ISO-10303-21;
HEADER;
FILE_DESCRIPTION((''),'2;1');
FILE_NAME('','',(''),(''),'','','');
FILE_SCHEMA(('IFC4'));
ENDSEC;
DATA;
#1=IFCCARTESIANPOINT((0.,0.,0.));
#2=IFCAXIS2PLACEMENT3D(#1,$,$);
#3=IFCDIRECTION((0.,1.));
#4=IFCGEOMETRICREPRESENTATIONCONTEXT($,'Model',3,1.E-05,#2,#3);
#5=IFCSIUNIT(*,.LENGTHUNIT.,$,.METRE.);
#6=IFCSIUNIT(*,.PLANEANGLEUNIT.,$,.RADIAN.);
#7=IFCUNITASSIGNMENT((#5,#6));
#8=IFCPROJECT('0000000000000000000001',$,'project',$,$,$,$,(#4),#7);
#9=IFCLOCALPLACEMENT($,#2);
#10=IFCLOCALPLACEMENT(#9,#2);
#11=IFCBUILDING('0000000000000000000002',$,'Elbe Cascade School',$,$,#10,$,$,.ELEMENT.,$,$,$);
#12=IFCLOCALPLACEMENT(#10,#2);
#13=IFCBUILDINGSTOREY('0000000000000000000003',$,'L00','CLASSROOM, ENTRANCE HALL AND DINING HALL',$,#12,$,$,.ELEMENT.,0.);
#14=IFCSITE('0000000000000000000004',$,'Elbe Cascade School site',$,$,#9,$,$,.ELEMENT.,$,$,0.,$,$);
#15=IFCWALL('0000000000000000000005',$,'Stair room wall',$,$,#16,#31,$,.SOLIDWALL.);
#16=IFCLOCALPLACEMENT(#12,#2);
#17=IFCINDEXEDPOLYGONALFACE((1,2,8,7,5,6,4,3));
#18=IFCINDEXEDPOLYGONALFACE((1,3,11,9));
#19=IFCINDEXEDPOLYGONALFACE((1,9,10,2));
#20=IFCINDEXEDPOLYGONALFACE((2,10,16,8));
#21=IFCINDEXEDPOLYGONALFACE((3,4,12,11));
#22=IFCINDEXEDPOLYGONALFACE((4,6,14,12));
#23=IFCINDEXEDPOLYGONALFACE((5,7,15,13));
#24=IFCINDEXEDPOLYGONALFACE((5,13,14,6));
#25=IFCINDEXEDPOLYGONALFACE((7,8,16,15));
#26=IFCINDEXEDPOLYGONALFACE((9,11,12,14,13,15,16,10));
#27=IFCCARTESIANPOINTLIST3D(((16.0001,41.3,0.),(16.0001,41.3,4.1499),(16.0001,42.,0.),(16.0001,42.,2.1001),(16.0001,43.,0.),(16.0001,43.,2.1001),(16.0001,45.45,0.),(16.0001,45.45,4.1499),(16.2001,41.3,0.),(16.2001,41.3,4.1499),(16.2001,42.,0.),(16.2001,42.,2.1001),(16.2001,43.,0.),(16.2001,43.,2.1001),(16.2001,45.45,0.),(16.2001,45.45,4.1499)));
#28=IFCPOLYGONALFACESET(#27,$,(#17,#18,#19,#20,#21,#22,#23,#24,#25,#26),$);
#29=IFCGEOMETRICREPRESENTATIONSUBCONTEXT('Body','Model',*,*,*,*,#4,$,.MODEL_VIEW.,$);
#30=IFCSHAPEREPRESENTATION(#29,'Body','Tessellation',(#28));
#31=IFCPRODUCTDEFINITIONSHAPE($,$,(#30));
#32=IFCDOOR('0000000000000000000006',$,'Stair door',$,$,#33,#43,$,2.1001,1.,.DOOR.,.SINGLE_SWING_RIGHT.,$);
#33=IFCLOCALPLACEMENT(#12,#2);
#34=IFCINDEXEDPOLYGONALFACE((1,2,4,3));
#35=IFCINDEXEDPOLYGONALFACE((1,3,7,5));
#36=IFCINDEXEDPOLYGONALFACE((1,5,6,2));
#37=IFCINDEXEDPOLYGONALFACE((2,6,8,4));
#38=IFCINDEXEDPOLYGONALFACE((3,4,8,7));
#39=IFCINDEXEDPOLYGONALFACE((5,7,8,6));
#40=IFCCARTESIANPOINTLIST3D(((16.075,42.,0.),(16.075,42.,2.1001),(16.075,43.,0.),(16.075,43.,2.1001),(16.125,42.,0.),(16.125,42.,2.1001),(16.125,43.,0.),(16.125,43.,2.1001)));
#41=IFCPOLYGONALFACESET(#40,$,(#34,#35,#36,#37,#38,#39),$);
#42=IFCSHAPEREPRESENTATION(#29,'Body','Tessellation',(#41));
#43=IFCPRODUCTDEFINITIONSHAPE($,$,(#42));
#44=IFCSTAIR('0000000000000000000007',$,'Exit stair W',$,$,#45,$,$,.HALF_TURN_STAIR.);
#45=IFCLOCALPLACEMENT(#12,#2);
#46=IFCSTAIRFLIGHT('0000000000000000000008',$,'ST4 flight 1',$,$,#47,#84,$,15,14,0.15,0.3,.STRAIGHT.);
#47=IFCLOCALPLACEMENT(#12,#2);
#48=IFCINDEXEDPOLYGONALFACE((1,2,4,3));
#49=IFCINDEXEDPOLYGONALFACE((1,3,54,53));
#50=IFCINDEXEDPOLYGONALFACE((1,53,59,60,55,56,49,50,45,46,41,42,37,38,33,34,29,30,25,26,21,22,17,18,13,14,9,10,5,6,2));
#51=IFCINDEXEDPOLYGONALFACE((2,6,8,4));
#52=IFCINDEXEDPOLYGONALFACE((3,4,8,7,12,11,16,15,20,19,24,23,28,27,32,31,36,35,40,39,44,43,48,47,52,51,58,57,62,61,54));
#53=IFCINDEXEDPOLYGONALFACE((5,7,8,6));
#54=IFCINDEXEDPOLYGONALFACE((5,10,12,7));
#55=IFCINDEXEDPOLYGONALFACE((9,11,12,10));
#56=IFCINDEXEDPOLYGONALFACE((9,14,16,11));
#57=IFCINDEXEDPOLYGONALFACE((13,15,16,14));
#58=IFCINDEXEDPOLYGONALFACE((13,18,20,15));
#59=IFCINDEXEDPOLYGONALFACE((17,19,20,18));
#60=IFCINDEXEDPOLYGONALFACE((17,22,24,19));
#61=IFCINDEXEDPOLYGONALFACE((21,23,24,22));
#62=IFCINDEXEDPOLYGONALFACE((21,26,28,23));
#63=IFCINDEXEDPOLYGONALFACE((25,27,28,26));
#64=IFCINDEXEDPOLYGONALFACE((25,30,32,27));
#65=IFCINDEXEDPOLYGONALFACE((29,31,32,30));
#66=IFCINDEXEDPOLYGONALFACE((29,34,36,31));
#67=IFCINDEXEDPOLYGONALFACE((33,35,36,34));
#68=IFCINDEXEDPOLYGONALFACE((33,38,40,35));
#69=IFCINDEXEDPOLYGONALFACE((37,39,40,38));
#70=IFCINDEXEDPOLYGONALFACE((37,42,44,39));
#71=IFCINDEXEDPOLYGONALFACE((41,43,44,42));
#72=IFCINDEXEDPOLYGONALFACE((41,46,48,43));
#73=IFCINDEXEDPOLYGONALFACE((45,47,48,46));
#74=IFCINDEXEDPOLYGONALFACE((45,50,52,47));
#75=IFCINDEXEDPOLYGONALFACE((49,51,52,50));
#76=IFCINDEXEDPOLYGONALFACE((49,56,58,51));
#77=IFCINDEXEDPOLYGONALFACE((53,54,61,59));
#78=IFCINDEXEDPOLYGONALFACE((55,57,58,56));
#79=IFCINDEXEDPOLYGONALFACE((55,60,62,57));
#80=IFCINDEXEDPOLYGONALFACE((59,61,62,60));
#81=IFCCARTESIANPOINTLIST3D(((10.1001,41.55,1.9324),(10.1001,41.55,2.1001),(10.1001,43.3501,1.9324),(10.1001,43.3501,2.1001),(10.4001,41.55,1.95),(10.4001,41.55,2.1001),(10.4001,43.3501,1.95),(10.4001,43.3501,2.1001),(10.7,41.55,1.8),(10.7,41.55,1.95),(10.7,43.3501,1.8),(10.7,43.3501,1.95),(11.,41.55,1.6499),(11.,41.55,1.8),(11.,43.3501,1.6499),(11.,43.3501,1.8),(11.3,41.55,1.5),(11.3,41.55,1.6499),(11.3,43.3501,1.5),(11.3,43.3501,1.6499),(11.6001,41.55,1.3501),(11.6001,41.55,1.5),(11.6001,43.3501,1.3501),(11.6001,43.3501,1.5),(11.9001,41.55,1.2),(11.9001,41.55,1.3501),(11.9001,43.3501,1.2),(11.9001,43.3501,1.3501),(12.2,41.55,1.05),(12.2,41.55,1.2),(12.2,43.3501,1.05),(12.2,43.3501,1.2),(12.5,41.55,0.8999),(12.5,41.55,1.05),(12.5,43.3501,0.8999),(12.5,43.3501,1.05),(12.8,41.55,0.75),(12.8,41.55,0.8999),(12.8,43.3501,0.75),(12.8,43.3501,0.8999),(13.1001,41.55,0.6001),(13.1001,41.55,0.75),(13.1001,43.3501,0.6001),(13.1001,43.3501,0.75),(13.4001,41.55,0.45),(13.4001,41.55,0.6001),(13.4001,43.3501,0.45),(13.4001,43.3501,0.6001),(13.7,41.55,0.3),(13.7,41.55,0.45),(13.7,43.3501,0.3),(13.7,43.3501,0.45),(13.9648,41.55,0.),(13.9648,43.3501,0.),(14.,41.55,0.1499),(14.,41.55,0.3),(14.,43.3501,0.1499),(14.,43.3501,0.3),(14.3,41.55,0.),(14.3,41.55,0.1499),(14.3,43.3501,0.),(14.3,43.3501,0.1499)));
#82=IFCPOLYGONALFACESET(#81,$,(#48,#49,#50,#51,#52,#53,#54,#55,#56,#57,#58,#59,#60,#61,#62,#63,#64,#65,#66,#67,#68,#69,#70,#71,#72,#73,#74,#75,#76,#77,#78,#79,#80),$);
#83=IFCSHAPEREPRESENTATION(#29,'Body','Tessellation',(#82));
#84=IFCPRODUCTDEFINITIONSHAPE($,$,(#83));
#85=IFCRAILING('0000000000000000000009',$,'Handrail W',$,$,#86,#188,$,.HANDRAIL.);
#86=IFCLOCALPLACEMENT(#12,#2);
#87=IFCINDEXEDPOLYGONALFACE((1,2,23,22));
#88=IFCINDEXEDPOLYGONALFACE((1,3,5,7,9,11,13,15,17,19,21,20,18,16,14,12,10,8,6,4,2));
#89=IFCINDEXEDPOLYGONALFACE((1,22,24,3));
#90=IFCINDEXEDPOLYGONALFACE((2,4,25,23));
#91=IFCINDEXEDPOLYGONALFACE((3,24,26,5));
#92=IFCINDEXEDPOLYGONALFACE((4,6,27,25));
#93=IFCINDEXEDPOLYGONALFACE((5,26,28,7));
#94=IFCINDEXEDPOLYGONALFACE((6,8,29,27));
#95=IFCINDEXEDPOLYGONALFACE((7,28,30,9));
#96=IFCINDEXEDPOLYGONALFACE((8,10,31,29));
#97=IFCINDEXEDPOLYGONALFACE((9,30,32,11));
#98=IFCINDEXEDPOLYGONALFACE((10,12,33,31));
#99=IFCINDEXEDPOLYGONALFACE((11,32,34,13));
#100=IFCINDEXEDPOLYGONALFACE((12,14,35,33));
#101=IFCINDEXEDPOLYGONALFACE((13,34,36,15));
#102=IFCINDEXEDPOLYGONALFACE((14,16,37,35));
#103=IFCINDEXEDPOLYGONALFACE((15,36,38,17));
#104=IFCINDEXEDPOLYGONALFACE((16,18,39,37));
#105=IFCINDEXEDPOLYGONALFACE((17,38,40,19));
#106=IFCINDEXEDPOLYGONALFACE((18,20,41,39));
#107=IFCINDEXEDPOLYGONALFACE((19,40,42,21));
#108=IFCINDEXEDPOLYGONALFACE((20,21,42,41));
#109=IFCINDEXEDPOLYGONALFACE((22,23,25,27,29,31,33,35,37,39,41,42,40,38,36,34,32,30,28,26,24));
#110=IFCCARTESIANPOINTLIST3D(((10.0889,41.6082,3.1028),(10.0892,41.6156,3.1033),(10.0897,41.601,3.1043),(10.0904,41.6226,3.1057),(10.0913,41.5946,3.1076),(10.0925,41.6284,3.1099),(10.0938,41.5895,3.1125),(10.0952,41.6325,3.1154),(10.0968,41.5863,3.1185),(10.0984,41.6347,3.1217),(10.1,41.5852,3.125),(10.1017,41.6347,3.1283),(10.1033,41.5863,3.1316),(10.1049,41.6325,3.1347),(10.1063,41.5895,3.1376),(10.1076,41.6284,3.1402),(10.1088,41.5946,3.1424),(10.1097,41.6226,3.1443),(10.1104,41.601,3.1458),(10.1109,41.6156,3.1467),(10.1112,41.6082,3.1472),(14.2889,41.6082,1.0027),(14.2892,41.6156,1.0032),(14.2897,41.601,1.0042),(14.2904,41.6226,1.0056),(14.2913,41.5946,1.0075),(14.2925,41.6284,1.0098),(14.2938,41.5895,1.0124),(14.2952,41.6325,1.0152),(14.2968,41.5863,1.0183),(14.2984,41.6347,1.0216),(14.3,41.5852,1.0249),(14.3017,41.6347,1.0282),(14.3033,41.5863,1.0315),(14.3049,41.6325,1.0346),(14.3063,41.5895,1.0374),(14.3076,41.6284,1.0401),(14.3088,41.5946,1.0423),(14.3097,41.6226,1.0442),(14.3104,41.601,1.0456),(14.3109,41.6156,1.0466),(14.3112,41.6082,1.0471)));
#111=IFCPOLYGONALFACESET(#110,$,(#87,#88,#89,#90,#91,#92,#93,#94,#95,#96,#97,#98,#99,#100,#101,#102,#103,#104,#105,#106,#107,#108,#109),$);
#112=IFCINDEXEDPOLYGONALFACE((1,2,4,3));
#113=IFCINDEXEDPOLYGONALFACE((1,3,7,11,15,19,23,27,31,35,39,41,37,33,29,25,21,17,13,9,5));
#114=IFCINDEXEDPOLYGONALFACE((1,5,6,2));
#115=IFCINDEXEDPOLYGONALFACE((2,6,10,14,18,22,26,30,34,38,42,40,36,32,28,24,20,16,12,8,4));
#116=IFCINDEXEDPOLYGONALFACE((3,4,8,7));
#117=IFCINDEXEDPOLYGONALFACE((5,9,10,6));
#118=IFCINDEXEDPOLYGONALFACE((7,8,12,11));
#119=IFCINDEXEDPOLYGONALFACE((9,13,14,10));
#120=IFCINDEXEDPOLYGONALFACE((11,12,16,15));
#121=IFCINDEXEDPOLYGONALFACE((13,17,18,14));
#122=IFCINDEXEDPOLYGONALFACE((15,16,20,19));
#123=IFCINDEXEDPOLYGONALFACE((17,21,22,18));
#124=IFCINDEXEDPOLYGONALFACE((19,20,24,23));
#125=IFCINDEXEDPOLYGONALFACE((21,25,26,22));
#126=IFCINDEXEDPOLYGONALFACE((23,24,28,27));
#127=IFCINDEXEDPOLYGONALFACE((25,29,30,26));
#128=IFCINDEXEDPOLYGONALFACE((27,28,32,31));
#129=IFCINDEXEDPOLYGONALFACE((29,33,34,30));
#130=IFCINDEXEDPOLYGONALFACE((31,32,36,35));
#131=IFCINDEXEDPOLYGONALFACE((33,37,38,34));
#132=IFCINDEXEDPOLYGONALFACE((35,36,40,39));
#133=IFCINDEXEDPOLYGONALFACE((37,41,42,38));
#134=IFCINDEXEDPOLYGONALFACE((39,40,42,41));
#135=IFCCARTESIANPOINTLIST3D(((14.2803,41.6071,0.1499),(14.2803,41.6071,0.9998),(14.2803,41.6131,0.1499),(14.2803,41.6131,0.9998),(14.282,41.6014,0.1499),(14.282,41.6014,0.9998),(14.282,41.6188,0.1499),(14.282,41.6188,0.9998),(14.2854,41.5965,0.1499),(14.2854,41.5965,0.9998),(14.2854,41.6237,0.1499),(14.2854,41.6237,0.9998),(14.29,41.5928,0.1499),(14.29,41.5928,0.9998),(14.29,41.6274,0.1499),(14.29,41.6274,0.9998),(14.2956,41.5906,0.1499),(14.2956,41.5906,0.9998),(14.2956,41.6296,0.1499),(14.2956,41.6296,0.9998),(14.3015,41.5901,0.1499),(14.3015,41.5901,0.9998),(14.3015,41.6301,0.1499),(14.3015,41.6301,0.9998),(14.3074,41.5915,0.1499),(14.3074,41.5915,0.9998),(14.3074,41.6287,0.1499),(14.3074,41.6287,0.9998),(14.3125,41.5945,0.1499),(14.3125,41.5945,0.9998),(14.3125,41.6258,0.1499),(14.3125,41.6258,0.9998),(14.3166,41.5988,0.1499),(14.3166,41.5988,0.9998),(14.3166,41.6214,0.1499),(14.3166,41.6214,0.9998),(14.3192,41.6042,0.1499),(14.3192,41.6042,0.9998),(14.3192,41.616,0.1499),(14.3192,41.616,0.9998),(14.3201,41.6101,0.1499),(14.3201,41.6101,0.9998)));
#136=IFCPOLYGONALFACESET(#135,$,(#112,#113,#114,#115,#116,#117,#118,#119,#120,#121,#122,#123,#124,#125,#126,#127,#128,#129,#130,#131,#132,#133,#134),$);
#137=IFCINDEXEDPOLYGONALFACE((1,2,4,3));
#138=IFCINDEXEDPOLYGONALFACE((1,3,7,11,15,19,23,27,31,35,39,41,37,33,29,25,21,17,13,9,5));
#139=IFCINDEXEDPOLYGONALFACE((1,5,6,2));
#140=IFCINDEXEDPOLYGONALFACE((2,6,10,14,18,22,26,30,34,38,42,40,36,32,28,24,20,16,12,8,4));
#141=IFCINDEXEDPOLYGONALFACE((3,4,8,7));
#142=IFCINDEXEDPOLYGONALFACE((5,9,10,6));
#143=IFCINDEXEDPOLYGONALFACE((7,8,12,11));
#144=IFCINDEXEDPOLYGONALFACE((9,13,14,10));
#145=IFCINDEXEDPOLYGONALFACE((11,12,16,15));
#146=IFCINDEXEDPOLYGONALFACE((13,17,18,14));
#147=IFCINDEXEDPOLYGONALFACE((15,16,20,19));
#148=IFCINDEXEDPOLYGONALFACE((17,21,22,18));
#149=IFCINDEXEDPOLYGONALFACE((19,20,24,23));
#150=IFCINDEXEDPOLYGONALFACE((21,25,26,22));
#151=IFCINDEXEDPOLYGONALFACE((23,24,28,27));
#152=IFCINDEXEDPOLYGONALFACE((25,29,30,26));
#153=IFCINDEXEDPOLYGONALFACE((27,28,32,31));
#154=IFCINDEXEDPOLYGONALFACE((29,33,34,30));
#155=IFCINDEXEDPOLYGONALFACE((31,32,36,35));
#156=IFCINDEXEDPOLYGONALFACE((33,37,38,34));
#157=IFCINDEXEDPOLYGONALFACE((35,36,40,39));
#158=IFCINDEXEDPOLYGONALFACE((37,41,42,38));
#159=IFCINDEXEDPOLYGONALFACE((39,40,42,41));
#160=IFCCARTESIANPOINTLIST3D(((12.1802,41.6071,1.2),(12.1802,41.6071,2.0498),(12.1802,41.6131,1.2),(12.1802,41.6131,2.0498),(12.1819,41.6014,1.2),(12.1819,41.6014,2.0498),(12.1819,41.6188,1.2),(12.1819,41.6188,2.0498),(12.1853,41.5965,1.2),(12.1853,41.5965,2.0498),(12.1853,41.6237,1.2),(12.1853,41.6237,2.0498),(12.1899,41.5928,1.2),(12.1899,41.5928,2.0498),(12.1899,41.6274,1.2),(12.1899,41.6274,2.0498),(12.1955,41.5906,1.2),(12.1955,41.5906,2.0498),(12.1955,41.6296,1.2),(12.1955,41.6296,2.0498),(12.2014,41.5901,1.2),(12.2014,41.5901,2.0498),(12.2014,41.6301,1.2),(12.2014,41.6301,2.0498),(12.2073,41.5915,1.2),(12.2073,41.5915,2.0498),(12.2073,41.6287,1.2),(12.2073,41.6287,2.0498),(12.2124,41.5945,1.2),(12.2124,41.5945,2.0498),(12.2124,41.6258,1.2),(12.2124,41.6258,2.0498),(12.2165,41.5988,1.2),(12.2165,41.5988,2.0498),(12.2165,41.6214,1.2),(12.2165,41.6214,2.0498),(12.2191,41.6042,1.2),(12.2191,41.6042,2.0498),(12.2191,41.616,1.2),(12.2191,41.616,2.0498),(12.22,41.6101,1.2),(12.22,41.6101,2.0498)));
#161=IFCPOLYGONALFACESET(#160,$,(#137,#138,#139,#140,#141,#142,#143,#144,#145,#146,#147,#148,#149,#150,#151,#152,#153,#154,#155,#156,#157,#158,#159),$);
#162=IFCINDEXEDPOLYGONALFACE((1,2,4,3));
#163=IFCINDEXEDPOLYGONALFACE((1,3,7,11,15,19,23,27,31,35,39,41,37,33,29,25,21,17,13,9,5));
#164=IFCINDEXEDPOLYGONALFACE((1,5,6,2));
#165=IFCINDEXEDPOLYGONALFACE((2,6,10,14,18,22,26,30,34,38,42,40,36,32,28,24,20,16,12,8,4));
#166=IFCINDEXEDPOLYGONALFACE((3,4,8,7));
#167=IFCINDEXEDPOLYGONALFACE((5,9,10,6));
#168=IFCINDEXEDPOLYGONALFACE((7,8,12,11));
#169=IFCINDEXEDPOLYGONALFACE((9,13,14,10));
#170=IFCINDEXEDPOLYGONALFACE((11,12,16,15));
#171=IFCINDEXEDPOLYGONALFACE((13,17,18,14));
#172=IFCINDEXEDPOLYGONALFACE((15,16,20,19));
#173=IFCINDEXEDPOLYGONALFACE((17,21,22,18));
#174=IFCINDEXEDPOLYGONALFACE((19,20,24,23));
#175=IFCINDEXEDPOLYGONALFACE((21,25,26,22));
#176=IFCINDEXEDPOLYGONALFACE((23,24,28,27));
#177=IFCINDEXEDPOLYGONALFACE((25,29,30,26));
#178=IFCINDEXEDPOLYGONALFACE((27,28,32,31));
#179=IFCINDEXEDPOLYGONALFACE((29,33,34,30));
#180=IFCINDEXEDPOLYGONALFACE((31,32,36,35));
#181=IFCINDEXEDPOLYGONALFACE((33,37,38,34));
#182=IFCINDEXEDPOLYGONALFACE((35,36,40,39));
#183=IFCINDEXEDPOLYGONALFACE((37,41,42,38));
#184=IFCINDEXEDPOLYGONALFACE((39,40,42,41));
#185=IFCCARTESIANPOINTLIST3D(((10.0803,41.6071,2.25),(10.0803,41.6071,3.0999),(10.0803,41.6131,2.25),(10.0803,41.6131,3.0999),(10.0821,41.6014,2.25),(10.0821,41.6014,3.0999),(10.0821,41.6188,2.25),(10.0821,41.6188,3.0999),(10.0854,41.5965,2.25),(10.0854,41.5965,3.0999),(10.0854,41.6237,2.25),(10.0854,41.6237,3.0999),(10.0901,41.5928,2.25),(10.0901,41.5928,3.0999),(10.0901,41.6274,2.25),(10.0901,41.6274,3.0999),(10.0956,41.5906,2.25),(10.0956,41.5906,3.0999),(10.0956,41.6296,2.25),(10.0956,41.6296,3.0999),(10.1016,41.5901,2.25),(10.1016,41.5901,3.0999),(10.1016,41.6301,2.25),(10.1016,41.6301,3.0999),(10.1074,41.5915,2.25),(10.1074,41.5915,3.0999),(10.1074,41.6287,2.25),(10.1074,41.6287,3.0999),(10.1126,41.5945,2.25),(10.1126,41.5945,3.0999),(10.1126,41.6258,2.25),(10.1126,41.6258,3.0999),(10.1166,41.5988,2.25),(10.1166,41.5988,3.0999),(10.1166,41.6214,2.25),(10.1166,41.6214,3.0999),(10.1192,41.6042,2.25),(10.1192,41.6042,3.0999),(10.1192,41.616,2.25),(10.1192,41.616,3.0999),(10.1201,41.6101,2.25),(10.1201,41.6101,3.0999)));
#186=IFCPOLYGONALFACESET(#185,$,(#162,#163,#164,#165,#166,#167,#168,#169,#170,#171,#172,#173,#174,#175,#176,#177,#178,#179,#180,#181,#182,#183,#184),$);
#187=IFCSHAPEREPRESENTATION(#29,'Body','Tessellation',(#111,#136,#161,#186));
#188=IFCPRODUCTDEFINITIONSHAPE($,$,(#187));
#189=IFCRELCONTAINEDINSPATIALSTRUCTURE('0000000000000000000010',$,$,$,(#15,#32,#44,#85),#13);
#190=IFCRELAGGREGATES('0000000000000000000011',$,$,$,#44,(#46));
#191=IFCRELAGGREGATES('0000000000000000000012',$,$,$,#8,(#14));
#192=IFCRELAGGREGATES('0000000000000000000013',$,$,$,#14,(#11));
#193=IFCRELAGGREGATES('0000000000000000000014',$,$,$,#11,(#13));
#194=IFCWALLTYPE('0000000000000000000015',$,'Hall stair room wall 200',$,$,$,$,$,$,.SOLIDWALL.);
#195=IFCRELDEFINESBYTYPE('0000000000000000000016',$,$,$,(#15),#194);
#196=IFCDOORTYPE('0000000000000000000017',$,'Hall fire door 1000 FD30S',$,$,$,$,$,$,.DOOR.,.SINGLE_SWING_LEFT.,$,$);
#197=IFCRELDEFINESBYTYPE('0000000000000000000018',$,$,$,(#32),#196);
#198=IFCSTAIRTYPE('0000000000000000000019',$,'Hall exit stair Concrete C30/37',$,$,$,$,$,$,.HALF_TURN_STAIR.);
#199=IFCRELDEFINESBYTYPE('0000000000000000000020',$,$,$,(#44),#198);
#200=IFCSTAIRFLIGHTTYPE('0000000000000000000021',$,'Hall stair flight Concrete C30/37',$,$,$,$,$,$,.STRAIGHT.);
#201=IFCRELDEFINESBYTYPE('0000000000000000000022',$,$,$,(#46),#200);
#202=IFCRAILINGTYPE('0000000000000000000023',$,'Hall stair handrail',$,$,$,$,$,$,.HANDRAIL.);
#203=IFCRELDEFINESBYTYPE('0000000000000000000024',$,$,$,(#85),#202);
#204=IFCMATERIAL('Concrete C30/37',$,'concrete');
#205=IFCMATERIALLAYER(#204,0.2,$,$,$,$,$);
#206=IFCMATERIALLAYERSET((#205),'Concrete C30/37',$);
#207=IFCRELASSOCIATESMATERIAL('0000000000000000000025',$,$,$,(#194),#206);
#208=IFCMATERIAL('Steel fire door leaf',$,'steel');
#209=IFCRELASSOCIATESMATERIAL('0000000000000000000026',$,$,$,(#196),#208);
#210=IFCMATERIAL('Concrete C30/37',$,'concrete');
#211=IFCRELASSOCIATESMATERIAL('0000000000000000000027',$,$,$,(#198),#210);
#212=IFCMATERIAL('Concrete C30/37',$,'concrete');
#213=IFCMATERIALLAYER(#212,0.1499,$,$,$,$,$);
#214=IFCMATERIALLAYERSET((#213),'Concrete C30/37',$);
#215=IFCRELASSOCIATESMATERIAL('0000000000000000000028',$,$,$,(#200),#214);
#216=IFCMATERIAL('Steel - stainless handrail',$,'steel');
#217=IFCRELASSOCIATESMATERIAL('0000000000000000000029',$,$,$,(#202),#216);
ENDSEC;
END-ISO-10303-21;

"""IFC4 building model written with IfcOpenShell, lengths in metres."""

from ifc_helpers import new_model, si_unit, direction, frame, frame_2d, origin, origin_2d, place, context, subcontext, project, spatial, polyline, rectangle, circle, outline, extrude, material, layer, layer_set, type_object, element, fill, aggregate, save


model = new_model("IFC4")

# Units and contexts
model_context = context("Model", 3, precision=1e-05, world=origin(), true_north=direction((0.0, 1.0)))
body_context = subcontext(model_context, "Body", "Model", "MODEL_VIEW")
ifc_project = project(units=[si_unit("LENGTHUNIT", "METRE"), si_unit("PLANEANGLEUNIT", "RADIAN")], contexts=[model_context])

# Site, building, storey
site_placement = place(None, origin())
site = spatial("IfcSite", under=ifc_project, at=site_placement, Name="Elbe Cascade School site", CompositionType="ELEMENT", RefElevation=0.0)
building_placement = place(site_placement, origin())
building = spatial("IfcBuilding", under=site, at=building_placement, Name="Elbe Cascade School", CompositionType="ELEMENT")
storey_placement = place(building_placement, origin())
storey = spatial("IfcBuildingStorey", under=building, at=storey_placement, Name="L00", Description="CLASSROOM, ENTRANCE HALL AND DINING HALL", CompositionType="ELEMENT", Elevation=0.0)

# Wall, opening, door
ifc_material_1 = material(Name="Concrete C30/37", Category="concrete")
ifc_layer_1 = layer(ifc_material_1, 0.2)
ifc_layer_set_1 = layer_set([ifc_layer_1], Name="Concrete C30/37")
wall_type_1 = type_object("IfcWallType", Name="Hall stair room wall 200", PredefinedType="SOLIDWALL", material=ifc_layer_set_1)
wall_1_placement = place(storey_placement, frame((16.1001, 41.3, 0.0), z_axis=(0.0, 0.0, 1.0), x_axis=(0.0, 1.0, 0.0)))
wall_1 = element("IfcWall", 1, at=wall_1_placement, inside=storey, type_object=wall_type_1, Name="Stair room wall", PredefinedType="SOLIDWALL", context=body_context, shape_type="SweptSolid", body=[
    extrude(rectangle(XDim=4.1499, YDim=0.2, at=frame_2d((2.075, 0.0))), origin(), (0.0, 0.0, 1.0), 4.1499),
])
opening_placement = place(wall_1_placement, frame((0.7, 0.0, 0.0)))
opening = element("IfcOpeningElement", 2, at=opening_placement, cuts=wall_1, PredefinedType="OPENING", context=body_context, shape_type="SweptSolid", body=[
    extrude(rectangle(XDim=1.0, YDim=2.1001, at=frame_2d((0.5, 1.05))), frame((0.0, 0.1099, 0.0), z_axis=(0.0, -1.0, 0.0), x_axis=(1.0, 0.0, 0.0)), (0.0, 0.0, 1.0), 0.22),
])
ifc_material_2 = material(Name="Steel fire door leaf", Category="steel")
door_type = type_object("IfcDoorType", Name="Hall fire door 1000 FD30S", OperationType="SINGLE_SWING_LEFT", PredefinedType="DOOR", material=ifc_material_2)
door_placement = place(opening_placement, frame((1.0, 0.0, 0.0), z_axis=(0.0, 0.0, 1.0), x_axis=(-1.0, 0.0, 0.0)))
door = element("IfcDoor", 3, at=door_placement, inside=storey, type_object=door_type, Name="Stair door", OperationType="SINGLE_SWING_RIGHT", OverallHeight=2.1001, OverallWidth=1.0, PredefinedType="DOOR", context=body_context, shape_type="SweptSolid", body=[
    extrude(rectangle(XDim=1.0, YDim=2.1001, at=frame_2d((0.5, 1.05))), frame((0.0, 0.0249, 0.0), z_axis=(0.0, -1.0, 0.0), x_axis=(1.0, 0.0, 0.0)), (0.0, 0.0, 1.0), 0.05),
])
fill(opening, door)

# Stair, stair flight
ifc_material_3 = material(Name="Concrete C30/37", Category="concrete")
stair_type = type_object("IfcStairType", Name="Hall exit stair Concrete C30/37", PredefinedType="HALF_TURN_STAIR", material=ifc_material_3)
stair_placement = place(storey_placement, origin())
stair = element("IfcStair", 4, at=stair_placement, inside=storey, type_object=stair_type, Name="Exit stair W", PredefinedType="HALF_TURN_STAIR")
ifc_material_4 = material(Name="Concrete C30/37", Category="concrete")
ifc_layer_2 = layer(ifc_material_4, 0.1499)
ifc_layer_set_2 = layer_set([ifc_layer_2], Name="Concrete C30/37")
stair_flight_type = type_object("IfcStairFlightType", Name="Hall stair flight Concrete C30/37", PredefinedType="STRAIGHT", material=ifc_layer_set_2)
stair_flight_placement = place(storey_placement, frame((14.3, 42.45, 0.0), z_axis=(0.0, 0.0, 1.0), x_axis=(-1.0, 0.0, 0.0)))
stair_flight = element("IfcStairFlight", 5, at=stair_flight_placement, type_object=stair_flight_type, Name="ST4 flight 1", NumberOfRisers=15, NumberOfTreads=14, PredefinedType="STRAIGHT", RiserHeight=0.15, TreadLength=0.3, context=body_context, shape_type="SweptSolid", body=[
    extrude(outline(polyline([(0.0, 0.0), (0.0, 0.1499), (0.3, 0.1499), (0.3, 0.3), (0.6001, 0.3), (0.6001, 0.45), (0.8999, 0.45), (0.8999, 0.6001), (1.2, 0.6001), (1.2, 0.75), (1.5, 0.75), (1.5, 0.8999), (1.8, 0.8999), (1.8, 1.05), (2.1001, 1.05), (2.1001, 1.2), (2.3999, 1.2), (2.3999, 1.3501), (2.7, 1.3501), (2.7, 1.5), (3.0, 1.5), (3.0, 1.6499), (3.3, 1.6499), (3.3, 1.8), (3.6001, 1.8), (3.6001, 1.95), (3.8999, 1.95), (3.8999, 2.1001), (4.2, 2.1001), (4.2, 2.25), (4.2, 1.9324), (0.3352, 0.0), (0.0, 0.0)])), frame((0.0, 0.8999, 0.0), z_axis=(0.0, -1.0, 0.0), x_axis=(1.0, 0.0, 0.0)), (0.0, 0.0, 1.0), 1.8),
])
aggregate(stair, [stair_flight])

# Railing
ifc_material_5 = material(Name="Steel - stainless handrail", Category="steel")
railing_type = type_object("IfcRailingType", Name="Hall stair handrail", PredefinedType="HANDRAIL", material=ifc_material_5)
for number, where, name in (
    (6, (14.3, 41.6101, 0.1499), "Handrail W"),
):
    element("IfcRailing", number, at=place(storey_placement, frame(where)), inside=storey, type_object=railing_type, Name=name, PredefinedType="HANDRAIL", context=body_context, shape_type="SweptSolid", body=[
        extrude(circle(Radius=0.0249, at=origin_2d()), frame((0.0, 0.0, 0.875), z_axis=(-0.894417, 0.0, 0.447234), x_axis=(0.0, -1.0, 0.0)), (0.0, 0.0, 1.0), 4.6958),
        extrude(circle(Radius=0.02, at=origin_2d()), origin(), (0.0, 0.0, 1.0), 0.8499),
        extrude(circle(Radius=0.02, at=origin_2d()), frame((-2.1001, 0.0, 1.05)), (0.0, 0.0, 1.0), 0.8499),
        extrude(circle(Radius=0.02, at=origin_2d()), frame((-4.2, 0.0, 2.1001)), (0.0, 0.0, 1.0), 0.8499),
    ])

save(model, "model.ifc")
